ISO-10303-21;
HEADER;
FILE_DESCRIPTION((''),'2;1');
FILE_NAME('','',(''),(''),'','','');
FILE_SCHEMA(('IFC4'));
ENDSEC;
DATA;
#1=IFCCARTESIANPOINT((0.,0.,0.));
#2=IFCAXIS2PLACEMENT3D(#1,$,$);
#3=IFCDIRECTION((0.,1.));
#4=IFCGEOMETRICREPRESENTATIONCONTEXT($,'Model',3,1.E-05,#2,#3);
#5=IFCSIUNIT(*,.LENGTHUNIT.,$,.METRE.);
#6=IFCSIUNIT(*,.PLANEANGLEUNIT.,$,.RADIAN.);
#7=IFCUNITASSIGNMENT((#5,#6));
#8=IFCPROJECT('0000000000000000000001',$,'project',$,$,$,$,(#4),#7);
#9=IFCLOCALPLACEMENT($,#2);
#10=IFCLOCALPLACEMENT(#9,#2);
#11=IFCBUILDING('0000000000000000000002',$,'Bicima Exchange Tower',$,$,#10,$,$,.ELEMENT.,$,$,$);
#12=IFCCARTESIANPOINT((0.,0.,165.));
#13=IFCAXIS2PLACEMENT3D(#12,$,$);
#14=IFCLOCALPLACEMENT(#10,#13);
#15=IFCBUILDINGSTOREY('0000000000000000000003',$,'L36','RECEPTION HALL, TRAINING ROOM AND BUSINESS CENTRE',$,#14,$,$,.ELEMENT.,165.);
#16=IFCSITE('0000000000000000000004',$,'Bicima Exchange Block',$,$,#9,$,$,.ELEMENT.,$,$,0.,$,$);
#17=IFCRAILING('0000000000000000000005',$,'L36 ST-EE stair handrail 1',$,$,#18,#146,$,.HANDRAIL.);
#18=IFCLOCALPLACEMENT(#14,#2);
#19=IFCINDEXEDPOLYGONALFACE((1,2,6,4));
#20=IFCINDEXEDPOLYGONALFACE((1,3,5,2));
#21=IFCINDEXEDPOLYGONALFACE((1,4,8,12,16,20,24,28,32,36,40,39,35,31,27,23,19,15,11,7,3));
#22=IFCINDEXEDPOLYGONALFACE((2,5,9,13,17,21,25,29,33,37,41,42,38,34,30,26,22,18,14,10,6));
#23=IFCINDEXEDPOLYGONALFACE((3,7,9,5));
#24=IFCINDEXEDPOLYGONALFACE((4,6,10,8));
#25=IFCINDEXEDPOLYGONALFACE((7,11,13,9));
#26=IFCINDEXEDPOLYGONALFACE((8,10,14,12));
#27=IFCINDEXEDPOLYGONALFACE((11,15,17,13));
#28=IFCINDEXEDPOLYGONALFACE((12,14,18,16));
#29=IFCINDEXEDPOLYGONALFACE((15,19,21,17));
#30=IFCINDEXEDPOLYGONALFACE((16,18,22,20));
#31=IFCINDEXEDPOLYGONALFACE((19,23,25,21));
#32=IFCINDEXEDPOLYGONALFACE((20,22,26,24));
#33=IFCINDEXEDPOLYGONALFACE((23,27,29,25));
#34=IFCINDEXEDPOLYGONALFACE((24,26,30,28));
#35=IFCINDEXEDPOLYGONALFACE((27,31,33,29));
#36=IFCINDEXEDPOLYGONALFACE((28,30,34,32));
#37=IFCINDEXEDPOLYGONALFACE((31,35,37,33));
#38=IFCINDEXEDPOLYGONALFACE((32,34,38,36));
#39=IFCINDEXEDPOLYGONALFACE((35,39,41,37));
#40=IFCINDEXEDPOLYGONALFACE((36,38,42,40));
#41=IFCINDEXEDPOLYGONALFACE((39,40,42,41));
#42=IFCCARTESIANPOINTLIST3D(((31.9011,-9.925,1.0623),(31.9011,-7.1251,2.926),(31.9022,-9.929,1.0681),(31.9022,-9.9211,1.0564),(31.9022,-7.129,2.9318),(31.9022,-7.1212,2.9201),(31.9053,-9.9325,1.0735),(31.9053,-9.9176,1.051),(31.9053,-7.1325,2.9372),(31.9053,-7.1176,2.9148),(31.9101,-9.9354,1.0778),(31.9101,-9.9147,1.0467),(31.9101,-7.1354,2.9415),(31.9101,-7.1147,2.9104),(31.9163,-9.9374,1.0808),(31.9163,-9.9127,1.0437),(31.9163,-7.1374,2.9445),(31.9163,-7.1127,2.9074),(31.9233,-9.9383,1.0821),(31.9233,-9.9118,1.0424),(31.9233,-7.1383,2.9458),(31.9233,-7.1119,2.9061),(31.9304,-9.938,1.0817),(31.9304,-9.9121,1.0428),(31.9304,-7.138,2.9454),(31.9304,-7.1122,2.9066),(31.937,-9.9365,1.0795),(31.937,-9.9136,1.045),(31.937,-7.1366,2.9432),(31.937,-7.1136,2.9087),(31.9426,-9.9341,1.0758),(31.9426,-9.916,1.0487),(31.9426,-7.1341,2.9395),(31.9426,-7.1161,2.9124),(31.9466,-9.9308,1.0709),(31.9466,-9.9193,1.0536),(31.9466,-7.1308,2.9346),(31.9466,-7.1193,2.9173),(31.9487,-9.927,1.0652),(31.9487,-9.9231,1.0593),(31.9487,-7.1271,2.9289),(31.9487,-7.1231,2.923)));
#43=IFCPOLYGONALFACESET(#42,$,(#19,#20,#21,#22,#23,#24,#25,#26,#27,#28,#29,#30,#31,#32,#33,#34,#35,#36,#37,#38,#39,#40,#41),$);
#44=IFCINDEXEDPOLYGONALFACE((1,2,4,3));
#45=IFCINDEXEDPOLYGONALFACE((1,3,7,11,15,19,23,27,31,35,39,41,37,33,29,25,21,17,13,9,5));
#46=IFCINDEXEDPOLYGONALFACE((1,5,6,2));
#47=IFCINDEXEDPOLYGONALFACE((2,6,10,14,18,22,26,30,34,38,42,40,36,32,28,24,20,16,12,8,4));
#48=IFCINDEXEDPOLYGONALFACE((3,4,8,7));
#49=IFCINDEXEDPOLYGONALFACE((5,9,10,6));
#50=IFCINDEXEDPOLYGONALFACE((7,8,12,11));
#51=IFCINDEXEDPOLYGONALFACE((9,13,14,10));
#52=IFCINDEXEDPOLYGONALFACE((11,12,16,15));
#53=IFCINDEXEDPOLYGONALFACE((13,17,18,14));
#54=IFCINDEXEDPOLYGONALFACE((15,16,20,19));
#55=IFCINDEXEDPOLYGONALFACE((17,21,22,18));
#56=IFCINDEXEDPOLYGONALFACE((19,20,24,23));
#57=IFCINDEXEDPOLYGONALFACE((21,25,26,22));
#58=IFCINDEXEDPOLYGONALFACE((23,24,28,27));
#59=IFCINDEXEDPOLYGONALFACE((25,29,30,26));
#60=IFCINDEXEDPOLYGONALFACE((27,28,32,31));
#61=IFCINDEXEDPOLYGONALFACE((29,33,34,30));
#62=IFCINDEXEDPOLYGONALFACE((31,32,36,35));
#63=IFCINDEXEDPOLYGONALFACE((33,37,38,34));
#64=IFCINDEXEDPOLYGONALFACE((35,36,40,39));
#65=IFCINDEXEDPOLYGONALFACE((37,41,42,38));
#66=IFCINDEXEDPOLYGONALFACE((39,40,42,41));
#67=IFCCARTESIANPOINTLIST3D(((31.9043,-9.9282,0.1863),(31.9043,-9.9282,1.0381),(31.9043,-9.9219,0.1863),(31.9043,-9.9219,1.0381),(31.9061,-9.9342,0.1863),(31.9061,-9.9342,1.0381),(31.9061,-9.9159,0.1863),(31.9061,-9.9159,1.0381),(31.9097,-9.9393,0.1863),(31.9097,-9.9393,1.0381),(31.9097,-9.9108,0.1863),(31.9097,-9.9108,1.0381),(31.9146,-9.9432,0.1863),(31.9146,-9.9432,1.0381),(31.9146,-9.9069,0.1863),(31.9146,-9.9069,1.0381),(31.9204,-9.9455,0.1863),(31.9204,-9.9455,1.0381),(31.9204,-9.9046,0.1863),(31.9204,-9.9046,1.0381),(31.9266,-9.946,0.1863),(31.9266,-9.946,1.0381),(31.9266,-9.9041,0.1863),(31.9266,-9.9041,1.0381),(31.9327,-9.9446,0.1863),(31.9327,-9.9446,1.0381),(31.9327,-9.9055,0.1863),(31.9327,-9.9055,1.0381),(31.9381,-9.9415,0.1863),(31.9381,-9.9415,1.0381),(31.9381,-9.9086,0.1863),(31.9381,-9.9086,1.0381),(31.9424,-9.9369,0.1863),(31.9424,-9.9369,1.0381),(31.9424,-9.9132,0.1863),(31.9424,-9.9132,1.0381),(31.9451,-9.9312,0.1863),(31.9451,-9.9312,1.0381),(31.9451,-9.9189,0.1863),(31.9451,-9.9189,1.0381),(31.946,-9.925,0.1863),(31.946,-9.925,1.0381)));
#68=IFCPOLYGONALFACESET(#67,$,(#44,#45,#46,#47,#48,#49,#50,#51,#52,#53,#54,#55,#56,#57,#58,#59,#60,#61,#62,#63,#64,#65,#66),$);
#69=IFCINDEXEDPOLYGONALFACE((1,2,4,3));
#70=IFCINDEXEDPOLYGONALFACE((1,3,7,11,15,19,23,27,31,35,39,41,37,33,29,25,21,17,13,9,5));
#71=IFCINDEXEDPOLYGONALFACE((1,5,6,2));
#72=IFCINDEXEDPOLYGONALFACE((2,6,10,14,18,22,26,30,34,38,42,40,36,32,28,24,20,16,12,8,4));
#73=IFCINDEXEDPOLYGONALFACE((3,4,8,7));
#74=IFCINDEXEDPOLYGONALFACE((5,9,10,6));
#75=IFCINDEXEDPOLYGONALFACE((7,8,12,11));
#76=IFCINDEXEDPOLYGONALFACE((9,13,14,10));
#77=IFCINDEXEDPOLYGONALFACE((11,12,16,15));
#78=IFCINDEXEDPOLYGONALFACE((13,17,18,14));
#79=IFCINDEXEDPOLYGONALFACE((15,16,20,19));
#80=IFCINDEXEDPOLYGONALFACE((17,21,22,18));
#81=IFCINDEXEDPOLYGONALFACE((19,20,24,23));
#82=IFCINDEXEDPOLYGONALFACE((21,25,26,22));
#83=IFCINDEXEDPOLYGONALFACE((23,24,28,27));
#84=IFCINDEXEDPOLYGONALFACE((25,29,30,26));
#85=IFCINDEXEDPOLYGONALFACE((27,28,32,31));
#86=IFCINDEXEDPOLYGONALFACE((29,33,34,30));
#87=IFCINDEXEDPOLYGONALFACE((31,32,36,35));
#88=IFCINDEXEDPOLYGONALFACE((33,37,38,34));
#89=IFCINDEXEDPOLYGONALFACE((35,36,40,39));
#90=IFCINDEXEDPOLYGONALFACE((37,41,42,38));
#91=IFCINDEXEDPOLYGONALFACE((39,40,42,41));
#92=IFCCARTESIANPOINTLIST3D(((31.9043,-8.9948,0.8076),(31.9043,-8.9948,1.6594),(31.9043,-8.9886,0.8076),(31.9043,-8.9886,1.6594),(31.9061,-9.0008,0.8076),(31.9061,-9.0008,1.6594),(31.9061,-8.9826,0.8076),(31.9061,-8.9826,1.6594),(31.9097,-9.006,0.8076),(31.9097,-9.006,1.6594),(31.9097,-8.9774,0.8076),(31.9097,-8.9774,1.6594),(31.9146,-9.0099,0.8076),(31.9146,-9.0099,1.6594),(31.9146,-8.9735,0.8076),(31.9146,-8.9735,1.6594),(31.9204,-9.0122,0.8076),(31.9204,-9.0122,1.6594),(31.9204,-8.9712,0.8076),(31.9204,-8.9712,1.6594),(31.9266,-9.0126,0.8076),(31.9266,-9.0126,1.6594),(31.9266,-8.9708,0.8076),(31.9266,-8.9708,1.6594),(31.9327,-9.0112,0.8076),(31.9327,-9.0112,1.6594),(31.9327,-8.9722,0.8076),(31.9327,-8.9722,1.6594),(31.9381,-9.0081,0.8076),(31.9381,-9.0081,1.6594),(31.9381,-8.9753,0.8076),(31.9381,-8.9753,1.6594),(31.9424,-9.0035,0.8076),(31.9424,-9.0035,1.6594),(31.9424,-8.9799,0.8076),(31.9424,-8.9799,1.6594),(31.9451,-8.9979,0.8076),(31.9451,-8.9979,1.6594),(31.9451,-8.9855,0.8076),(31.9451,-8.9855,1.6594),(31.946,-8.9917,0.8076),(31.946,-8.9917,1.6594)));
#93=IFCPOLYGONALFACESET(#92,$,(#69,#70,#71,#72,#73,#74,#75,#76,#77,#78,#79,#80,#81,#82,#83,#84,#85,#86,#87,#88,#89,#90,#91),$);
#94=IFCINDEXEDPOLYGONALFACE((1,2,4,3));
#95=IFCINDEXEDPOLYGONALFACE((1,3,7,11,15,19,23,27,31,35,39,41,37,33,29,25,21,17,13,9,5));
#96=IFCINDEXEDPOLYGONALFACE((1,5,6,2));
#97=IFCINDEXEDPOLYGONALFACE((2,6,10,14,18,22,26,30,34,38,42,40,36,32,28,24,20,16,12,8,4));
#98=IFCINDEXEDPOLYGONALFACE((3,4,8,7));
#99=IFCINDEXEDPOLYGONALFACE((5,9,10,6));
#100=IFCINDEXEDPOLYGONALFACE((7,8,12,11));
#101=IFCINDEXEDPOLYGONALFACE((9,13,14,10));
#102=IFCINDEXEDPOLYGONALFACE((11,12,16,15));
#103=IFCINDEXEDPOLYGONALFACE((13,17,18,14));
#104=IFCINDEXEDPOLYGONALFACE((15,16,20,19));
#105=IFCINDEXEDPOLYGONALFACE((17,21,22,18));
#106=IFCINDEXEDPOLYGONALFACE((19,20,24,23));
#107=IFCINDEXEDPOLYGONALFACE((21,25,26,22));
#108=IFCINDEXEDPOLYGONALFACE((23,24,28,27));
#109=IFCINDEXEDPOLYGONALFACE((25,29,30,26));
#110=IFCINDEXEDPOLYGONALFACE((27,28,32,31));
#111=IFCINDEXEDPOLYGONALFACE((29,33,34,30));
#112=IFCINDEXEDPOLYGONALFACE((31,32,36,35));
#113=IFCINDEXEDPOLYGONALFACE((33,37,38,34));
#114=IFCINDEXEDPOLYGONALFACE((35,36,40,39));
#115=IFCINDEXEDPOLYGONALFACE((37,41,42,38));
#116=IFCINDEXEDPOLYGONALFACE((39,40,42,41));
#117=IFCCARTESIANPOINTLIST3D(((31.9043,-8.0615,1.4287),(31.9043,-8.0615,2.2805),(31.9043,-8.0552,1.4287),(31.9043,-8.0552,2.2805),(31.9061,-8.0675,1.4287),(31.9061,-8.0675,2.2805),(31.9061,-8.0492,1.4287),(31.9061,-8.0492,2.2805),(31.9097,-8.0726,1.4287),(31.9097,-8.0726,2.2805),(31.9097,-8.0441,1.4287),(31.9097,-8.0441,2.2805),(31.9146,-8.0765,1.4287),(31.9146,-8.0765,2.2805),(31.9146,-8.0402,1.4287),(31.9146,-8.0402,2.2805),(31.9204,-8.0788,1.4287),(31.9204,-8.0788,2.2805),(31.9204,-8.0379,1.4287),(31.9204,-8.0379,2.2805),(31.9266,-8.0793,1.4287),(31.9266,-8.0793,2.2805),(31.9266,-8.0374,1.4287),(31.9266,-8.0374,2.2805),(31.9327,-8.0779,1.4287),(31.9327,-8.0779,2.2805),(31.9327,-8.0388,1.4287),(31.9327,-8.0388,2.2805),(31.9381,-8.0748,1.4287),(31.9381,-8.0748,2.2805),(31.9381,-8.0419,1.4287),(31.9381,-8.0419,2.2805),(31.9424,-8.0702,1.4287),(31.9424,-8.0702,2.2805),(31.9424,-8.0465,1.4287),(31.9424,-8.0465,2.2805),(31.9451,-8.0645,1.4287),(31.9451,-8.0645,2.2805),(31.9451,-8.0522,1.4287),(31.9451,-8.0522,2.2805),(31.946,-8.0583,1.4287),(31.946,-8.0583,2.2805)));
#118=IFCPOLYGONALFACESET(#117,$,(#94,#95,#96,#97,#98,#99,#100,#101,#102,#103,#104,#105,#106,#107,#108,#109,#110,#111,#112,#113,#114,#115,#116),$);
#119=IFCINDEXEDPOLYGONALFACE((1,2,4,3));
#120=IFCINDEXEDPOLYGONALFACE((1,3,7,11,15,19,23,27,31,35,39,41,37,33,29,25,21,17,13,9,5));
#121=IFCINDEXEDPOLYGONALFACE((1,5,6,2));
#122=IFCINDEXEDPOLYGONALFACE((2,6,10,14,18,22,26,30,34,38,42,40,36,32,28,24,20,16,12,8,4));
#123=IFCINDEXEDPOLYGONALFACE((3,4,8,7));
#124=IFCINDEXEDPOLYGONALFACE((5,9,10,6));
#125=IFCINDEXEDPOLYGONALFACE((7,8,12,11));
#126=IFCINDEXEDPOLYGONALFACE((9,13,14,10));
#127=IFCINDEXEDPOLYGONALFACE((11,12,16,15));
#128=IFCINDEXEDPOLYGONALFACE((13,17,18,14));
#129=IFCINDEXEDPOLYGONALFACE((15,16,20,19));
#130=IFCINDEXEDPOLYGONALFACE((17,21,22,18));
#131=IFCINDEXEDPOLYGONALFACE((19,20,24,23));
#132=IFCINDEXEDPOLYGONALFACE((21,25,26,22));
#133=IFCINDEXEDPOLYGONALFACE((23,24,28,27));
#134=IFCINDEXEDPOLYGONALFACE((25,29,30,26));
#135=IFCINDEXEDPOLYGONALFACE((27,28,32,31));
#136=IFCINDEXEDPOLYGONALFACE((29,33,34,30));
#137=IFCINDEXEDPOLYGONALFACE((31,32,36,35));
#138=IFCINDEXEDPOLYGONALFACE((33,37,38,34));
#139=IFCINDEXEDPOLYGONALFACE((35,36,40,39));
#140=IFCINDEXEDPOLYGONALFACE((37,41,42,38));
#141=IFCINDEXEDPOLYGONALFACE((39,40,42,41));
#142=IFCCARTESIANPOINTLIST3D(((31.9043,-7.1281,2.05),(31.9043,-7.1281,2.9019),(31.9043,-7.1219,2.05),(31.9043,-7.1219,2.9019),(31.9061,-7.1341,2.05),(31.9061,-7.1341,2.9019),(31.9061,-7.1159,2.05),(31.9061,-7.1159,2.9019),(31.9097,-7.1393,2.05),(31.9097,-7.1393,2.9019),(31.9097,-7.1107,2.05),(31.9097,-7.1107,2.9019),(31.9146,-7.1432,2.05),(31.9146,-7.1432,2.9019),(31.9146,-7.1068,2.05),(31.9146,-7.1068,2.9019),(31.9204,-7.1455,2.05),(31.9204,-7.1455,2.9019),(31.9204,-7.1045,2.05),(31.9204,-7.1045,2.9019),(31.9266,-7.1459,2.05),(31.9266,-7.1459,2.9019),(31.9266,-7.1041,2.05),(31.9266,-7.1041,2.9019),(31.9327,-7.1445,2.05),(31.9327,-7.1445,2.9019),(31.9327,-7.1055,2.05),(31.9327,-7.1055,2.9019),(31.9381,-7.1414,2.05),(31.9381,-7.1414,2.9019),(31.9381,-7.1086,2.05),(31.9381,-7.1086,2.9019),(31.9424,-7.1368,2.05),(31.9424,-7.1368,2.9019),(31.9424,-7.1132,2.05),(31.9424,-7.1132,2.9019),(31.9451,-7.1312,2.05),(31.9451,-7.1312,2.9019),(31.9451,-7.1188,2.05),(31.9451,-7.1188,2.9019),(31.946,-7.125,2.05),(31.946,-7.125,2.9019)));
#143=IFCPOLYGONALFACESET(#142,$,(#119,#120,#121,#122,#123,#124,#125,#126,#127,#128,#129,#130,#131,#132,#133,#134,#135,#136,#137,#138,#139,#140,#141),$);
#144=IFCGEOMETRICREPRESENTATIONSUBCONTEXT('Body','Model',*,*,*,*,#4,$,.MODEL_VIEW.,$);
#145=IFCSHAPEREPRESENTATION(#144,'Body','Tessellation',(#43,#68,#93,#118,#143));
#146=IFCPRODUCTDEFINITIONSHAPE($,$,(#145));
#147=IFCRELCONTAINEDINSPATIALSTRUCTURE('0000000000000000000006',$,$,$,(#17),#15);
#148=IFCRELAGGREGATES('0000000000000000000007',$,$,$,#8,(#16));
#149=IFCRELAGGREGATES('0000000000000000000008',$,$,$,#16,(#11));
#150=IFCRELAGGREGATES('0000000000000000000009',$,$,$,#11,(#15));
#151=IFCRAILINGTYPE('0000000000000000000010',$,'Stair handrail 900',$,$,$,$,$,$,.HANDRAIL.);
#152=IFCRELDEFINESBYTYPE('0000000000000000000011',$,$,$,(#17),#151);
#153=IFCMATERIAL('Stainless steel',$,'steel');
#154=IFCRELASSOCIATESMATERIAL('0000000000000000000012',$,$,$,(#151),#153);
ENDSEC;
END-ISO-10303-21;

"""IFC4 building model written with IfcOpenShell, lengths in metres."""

from ifc_helpers import new_model, si_unit, direction, frame, origin, origin_2d, place, context, subcontext, project, spatial, circle, extrude, material, type_object, element, save


model = new_model("IFC4")

# Units and contexts
model_context = context("Model", 3, precision=1e-05, world=origin(), true_north=direction((0.0, 1.0)))
body_context = subcontext(model_context, "Body", "Model", "MODEL_VIEW")
ifc_project = project(units=[si_unit("LENGTHUNIT", "METRE"), si_unit("PLANEANGLEUNIT", "RADIAN")], contexts=[model_context])

# Site, building, storey
site_placement = place(None, origin())
site = spatial("IfcSite", under=ifc_project, at=site_placement, Name="Bicima Exchange Block", CompositionType="ELEMENT", RefElevation=0.0)
building_placement = place(site_placement, origin())
building = spatial("IfcBuilding", under=site, at=building_placement, Name="Bicima Exchange Tower", CompositionType="ELEMENT")
storey_placement = place(building_placement, frame((0.0, 0.0, 165.0)))
storey = spatial("IfcBuildingStorey", under=building, at=storey_placement, Name="L36", Description="RECEPTION HALL, TRAINING ROOM AND BUSINESS CENTRE", CompositionType="ELEMENT", Elevation=165.0)

# Railing
ifc_material_1 = material(Name="Stainless steel", Category="steel")
railing_type = type_object("IfcRailingType", Name="Stair handrail 900", PredefinedType="HANDRAIL", material=ifc_material_1)
railing_placement = place(storey_placement, frame((31.925, -9.925, 0.1863)))
element("IfcRailing", 1, at=railing_placement, inside=storey, type_object=railing_type, Name="L36 ST-EE stair handrail 1", PredefinedType="HANDRAIL", context=body_context, shape_type="SweptSolid", body=[
    extrude(circle(Radius=0.0239, at=origin_2d()), frame((0.0, 0.0, 0.876), z_axis=(0.0, 0.832452, 0.554097), x_axis=(-1.0, 0.0, 0.0)), (0.0, 0.0, 1.0), 3.3635),
    extrude(circle(Radius=0.021, at=origin_2d()), origin(), (0.0, 0.0, 1.0), 0.8518),
    extrude(circle(Radius=0.021, at=origin_2d()), frame((0.0, 0.9333, 0.6213)), (0.0, 0.0, 1.0), 0.8518),
    extrude(circle(Radius=0.021, at=origin_2d()), frame((0.0, 1.8667, 1.2424)), (0.0, 0.0, 1.0), 0.8518),
    extrude(circle(Radius=0.021, at=origin_2d()), frame((0.0, 2.8, 1.8638)), (0.0, 0.0, 1.0), 0.8518),
])

save(model, "model.ifc")
